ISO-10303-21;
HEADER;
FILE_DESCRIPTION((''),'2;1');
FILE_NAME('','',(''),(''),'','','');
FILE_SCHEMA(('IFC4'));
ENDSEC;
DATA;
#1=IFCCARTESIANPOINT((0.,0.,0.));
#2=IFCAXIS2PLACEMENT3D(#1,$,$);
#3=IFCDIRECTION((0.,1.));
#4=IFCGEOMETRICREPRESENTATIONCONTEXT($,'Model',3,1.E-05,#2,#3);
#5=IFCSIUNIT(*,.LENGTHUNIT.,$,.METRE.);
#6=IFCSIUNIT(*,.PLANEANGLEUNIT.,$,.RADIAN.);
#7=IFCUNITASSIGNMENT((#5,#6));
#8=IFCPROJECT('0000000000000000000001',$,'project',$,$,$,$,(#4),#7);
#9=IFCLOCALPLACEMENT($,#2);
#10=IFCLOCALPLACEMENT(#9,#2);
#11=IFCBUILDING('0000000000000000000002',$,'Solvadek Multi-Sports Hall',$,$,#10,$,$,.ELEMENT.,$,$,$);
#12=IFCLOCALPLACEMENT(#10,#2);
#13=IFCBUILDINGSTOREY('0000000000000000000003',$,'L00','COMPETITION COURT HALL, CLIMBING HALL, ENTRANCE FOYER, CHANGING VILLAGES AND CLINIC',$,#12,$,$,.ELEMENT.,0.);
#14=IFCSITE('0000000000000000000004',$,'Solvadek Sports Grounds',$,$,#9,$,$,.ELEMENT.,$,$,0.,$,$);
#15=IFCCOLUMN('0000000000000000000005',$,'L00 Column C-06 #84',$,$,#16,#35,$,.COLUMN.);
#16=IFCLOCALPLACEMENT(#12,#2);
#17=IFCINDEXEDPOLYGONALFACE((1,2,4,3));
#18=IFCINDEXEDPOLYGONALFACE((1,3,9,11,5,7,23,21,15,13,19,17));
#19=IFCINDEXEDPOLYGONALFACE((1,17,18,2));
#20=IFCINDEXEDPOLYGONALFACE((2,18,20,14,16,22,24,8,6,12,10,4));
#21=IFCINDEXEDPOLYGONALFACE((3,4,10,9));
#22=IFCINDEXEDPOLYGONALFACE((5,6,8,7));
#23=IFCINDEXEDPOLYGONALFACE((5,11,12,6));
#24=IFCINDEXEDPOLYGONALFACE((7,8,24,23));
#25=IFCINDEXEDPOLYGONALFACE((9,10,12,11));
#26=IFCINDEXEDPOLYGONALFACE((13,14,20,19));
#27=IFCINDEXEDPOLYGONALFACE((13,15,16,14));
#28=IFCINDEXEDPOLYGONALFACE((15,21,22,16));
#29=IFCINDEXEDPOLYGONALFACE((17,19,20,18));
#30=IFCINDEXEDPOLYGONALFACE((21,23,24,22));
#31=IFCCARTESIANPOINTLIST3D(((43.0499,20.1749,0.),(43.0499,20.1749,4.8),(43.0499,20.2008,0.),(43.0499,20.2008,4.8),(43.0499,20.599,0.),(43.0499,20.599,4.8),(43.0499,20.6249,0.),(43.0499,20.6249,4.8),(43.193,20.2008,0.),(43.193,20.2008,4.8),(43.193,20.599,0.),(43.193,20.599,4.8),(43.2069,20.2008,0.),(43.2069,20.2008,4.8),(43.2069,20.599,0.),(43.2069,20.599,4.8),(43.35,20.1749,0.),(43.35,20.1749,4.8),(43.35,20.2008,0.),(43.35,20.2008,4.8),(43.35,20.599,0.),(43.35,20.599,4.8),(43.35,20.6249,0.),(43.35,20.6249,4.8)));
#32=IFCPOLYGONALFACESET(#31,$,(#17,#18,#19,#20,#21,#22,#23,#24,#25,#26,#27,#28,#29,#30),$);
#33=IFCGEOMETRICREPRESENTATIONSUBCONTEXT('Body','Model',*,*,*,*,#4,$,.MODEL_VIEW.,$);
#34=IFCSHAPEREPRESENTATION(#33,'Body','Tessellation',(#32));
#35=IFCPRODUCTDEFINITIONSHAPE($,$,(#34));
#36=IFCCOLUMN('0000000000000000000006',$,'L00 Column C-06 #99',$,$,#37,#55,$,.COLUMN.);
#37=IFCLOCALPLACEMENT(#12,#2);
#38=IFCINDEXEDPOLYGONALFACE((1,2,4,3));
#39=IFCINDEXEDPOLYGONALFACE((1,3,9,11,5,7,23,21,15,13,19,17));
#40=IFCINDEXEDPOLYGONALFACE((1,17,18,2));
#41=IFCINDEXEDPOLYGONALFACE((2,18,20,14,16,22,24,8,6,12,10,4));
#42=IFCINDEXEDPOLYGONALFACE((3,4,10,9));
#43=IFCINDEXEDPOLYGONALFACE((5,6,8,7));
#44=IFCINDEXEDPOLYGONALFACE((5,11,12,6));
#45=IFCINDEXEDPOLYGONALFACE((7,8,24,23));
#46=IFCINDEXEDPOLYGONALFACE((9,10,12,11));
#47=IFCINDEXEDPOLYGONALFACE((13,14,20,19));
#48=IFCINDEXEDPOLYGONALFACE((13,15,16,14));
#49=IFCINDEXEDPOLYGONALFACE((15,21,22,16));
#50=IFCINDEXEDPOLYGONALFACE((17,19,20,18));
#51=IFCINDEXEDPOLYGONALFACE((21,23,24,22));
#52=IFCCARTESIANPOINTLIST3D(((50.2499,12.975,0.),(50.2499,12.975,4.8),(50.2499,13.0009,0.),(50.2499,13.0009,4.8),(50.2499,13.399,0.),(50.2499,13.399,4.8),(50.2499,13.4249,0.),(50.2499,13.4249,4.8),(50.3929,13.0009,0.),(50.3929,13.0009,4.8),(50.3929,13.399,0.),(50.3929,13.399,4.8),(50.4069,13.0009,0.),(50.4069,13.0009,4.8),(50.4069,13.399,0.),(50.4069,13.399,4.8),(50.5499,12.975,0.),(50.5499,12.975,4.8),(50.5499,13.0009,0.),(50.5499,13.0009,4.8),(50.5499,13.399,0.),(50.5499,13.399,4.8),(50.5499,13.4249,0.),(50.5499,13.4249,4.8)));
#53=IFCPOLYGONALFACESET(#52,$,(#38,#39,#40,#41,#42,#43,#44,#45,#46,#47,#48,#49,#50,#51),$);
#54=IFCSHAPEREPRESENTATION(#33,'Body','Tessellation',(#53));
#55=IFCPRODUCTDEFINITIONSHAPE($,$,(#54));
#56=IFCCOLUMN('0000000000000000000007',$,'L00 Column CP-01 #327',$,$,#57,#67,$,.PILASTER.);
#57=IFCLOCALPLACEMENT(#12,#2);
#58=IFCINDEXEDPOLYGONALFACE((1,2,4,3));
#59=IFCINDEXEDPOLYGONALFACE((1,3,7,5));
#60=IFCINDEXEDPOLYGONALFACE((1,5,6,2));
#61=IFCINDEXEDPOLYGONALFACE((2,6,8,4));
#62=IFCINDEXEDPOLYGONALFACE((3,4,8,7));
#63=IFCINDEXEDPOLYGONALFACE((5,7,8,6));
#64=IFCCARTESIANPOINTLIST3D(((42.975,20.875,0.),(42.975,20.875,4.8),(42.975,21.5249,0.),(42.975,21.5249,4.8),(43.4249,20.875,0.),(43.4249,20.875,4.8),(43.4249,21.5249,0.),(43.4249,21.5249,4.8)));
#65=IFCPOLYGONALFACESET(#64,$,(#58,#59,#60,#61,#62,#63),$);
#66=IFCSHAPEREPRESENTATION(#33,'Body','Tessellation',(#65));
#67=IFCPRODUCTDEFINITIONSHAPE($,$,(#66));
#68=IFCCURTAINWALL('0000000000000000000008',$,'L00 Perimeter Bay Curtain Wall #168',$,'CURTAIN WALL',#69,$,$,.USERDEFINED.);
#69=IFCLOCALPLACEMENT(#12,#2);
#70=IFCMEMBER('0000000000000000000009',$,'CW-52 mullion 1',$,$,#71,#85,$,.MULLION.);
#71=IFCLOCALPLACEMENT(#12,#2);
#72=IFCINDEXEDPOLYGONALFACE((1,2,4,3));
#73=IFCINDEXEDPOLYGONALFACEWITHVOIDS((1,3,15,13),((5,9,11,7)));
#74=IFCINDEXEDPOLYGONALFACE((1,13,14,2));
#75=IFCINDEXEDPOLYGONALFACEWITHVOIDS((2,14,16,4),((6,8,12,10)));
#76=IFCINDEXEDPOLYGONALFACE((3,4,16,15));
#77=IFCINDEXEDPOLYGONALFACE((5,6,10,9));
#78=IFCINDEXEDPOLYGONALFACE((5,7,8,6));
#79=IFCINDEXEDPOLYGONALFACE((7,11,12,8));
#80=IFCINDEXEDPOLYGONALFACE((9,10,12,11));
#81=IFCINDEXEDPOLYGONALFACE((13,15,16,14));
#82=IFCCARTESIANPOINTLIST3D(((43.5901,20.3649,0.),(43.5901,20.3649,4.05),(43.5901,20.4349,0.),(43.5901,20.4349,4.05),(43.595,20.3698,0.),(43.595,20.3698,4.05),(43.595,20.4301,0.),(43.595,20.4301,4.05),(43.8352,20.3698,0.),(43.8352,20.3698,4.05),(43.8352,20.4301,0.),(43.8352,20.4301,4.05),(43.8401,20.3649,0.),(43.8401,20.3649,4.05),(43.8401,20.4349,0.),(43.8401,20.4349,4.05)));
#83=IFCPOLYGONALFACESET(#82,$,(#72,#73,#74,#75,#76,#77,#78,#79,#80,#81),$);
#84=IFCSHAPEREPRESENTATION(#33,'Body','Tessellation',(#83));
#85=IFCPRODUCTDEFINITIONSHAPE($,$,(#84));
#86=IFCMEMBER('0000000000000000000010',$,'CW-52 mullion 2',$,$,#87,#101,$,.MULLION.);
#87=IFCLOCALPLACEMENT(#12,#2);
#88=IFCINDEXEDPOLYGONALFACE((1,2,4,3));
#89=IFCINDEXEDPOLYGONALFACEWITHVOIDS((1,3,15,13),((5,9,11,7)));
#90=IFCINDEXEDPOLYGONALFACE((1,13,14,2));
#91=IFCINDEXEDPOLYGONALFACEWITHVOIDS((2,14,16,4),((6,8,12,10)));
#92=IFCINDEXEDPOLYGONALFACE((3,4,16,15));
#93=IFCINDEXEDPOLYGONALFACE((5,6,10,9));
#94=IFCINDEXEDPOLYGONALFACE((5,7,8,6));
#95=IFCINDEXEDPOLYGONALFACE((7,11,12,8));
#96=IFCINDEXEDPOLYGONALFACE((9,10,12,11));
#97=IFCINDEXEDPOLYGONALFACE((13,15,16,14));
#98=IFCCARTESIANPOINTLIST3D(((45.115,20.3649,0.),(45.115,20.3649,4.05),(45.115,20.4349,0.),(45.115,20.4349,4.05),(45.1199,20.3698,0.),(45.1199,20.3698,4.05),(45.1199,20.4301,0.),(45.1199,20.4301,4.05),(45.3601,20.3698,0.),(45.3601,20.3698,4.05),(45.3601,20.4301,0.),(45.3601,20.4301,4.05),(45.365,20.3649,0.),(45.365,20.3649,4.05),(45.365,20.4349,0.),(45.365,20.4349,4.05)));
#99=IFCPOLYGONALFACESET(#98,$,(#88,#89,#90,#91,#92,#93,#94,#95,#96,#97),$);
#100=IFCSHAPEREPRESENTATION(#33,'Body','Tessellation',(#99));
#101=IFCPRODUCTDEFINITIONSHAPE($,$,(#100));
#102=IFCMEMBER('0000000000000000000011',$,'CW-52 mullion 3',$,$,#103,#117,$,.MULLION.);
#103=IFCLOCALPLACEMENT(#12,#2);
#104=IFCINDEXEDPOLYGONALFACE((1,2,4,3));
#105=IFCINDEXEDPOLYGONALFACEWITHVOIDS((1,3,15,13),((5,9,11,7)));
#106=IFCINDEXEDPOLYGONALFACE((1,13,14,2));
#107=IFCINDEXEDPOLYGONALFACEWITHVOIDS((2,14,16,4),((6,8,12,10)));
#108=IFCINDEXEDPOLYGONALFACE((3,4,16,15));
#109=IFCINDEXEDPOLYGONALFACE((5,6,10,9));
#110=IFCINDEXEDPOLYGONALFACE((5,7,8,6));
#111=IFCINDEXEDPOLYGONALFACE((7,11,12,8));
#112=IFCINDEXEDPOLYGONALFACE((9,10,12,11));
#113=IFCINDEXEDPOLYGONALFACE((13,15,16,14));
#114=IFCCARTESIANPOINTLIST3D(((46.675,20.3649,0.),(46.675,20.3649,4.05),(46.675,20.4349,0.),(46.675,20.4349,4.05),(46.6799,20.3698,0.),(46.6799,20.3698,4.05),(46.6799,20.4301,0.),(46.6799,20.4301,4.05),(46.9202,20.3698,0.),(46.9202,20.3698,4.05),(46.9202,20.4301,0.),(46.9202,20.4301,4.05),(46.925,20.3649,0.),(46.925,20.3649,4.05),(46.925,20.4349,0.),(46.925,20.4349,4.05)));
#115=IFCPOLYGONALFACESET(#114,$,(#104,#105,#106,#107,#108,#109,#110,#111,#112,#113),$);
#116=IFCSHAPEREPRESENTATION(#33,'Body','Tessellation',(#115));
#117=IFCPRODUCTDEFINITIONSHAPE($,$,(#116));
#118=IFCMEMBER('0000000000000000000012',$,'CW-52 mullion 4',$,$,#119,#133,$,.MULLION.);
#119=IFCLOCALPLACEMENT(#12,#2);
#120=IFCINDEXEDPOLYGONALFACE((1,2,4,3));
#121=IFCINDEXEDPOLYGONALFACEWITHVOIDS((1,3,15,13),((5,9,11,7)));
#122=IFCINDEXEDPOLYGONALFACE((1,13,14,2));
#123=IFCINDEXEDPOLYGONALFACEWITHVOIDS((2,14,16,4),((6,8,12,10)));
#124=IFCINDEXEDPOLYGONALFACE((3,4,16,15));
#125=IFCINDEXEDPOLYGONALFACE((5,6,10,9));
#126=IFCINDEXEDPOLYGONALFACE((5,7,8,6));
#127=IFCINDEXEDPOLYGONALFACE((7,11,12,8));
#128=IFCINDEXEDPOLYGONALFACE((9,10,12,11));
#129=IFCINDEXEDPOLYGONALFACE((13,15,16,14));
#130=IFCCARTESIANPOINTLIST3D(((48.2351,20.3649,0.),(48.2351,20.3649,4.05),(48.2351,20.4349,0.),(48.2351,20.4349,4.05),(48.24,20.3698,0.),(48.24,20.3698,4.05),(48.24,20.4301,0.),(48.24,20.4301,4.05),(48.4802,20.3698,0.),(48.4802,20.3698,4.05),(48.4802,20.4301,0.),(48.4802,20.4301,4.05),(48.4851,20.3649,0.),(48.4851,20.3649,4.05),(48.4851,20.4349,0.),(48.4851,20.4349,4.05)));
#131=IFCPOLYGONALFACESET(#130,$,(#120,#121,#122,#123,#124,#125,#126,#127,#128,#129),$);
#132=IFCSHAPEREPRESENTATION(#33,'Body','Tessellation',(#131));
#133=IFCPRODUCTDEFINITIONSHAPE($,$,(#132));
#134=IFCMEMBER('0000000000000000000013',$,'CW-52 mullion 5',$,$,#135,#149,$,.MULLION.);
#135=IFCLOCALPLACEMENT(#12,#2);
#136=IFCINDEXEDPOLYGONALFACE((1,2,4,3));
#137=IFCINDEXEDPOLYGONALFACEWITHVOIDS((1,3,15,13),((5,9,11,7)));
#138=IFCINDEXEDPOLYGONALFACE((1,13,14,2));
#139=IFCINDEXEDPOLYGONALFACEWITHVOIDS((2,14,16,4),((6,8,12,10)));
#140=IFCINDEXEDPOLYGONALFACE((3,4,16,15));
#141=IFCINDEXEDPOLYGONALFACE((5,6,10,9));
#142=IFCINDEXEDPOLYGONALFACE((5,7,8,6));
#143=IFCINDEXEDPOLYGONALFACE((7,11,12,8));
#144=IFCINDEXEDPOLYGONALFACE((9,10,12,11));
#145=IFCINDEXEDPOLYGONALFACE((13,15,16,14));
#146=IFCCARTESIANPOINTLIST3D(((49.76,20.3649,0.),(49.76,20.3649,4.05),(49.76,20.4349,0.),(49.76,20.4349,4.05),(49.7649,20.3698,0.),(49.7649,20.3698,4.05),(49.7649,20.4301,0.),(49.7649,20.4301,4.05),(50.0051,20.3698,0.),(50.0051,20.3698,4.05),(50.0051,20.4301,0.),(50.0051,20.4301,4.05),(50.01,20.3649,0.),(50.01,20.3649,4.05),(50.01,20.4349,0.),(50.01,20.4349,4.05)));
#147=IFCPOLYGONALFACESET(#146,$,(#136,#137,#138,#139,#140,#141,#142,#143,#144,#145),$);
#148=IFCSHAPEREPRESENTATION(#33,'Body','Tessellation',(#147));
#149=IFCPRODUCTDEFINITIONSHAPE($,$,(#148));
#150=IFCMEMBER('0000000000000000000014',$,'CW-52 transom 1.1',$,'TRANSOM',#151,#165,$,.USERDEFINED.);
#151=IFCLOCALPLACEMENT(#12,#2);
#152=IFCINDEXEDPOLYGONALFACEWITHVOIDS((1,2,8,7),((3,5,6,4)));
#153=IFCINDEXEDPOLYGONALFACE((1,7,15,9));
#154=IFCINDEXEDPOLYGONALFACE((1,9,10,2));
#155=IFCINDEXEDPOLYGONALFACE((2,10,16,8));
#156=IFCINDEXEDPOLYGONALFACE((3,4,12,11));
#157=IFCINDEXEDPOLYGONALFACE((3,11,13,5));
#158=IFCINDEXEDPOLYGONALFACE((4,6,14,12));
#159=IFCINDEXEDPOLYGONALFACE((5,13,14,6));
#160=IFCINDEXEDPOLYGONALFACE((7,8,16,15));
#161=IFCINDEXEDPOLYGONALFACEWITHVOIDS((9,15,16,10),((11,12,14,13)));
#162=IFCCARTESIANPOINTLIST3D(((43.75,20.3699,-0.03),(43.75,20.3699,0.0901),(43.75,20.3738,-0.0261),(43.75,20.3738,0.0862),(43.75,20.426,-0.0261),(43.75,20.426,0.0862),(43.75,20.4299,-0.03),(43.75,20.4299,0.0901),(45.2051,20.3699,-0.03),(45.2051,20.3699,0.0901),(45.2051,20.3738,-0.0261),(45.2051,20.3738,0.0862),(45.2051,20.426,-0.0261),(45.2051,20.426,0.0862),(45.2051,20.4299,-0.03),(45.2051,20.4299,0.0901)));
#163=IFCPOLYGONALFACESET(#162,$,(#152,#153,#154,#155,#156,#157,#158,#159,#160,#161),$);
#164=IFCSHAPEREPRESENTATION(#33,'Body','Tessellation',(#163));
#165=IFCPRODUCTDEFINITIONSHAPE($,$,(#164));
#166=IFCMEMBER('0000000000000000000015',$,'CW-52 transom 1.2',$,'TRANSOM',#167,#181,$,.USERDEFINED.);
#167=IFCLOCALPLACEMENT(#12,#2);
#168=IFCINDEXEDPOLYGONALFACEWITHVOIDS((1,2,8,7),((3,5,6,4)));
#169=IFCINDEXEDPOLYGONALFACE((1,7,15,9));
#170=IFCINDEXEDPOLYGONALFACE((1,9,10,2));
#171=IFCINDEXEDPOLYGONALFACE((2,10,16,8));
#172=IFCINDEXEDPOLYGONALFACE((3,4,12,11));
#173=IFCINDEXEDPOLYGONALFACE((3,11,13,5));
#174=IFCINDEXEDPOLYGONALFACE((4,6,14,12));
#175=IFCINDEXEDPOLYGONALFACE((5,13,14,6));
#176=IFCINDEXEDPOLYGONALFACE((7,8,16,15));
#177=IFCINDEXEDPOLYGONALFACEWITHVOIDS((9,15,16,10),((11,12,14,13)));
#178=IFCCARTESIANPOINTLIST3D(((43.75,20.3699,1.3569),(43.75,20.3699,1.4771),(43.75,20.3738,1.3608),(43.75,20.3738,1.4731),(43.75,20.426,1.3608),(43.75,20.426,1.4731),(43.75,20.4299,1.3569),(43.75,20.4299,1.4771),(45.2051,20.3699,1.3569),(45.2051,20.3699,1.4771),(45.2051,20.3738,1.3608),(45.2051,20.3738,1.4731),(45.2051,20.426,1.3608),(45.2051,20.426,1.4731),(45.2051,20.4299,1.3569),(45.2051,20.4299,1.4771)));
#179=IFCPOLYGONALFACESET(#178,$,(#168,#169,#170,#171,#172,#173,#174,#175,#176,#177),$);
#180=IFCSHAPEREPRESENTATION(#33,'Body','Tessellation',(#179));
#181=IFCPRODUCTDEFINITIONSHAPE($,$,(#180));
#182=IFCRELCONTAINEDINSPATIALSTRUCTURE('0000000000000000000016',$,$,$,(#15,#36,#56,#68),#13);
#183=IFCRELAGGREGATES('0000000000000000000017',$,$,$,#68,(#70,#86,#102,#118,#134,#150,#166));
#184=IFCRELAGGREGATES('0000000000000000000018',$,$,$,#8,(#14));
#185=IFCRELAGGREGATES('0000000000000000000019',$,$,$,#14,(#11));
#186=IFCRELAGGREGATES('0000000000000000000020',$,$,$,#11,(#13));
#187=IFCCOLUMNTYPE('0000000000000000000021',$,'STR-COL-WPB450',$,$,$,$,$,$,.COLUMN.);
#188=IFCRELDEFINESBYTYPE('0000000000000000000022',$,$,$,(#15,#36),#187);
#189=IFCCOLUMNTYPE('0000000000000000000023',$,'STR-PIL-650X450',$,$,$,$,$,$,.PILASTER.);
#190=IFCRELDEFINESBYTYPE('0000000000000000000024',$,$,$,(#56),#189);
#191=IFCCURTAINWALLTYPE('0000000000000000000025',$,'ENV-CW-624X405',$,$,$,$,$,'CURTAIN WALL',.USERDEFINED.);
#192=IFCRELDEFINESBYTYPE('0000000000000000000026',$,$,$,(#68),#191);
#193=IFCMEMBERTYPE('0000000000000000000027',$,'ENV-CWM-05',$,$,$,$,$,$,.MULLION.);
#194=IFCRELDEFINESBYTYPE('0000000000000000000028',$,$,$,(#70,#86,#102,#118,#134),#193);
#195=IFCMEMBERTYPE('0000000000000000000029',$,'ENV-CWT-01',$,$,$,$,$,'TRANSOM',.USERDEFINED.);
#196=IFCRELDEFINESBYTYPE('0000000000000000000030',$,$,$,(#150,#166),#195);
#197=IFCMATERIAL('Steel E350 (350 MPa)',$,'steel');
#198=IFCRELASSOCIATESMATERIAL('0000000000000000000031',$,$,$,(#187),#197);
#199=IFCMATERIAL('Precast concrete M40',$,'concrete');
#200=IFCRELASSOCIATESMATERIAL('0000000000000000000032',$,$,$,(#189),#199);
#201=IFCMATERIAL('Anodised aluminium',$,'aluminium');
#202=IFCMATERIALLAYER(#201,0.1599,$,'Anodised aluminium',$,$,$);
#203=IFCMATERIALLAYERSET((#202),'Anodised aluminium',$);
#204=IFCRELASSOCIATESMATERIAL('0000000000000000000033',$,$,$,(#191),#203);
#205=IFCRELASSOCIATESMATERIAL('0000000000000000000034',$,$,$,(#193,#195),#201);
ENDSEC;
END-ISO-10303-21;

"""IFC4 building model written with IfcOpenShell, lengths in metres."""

from ifc_helpers import new_model, si_unit, direction, frame, origin, origin_2d, place, context, subcontext, project, spatial, rectangle, hollow_rectangle, i_section, extrude, material, layer, layer_set, material_profile, profile_set, type_object, element, aggregate, save


model = new_model("IFC4")

# Units and contexts
model_context = context("Model", 3, precision=1e-05, world=origin(), true_north=direction((0.0, 1.0)))
body_context = subcontext(model_context, "Body", "Model", "MODEL_VIEW")
ifc_project = project(units=[si_unit("LENGTHUNIT", "METRE"), si_unit("PLANEANGLEUNIT", "RADIAN")], contexts=[model_context])

# Site, building, storey
site_placement = place(None, origin())
site = spatial("IfcSite", under=ifc_project, at=site_placement, Name="Solvadek Sports Grounds", CompositionType="ELEMENT", RefElevation=0.0)
building_placement = place(site_placement, origin())
building = spatial("IfcBuilding", under=site, at=building_placement, Name="Solvadek Multi-Sports Hall", CompositionType="ELEMENT")
storey_placement = place(building_placement, origin())
storey = spatial("IfcBuildingStorey", under=building, at=storey_placement, Name="L00", Description="COMPETITION COURT HALL, CLIMBING HALL, ENTRANCE FOYER, CHANGING VILLAGES AND CLINIC", CompositionType="ELEMENT", Elevation=0.0)

# Columns
ifc_material_1 = material(Name="Steel E350 (350 MPa)", Category="steel")
ifc_material_profile_1 = material_profile(ifc_material_1, i_section(OverallWidth=0.3, OverallDepth=0.45, WebThickness=0.0139, FlangeThickness=0.0259, at=origin_2d()), Name="WPB 450")
ifc_profile_set_1 = profile_set([ifc_material_profile_1], Name="Steel E350 (350 MPa)")
column_type_1 = type_object("IfcColumnType", Name="STR-COL-WPB450", PredefinedType="COLUMN", material=ifc_profile_set_1)
for number, where, z_axis, x_axis, name in (
    (1, (43.2, 20.3999, 0.0), (0.0, 0.0, 1.0), (1.0, 0.0, 0.0), "L00 Column C-06 #84"),
    (2, (50.3999, 13.2, 0.0), (0.0, 0.0, 1.0), (1.0, 0.0, 0.0), "L00 Column C-06 #99"),
):
    element("IfcColumn", number, at=place(storey_placement, frame(where, z_axis=z_axis, x_axis=x_axis)), inside=storey, type_object=column_type_1, Name=name, PredefinedType="COLUMN", context=body_context, shape_type="SweptSolid", body=[
        extrude(i_section(OverallWidth=0.3, OverallDepth=0.45, WebThickness=0.0139, FlangeThickness=0.0259, at=origin_2d()), origin(), (0.0, 0.0, 1.0), 4.8),
    ])
ifc_material_2 = material(Name="Precast concrete M40", Category="concrete")
ifc_material_profile_2 = material_profile(ifc_material_2, rectangle(XDim=0.45, YDim=0.6499, at=origin_2d()), Name="RC PILASTER 650x450")
ifc_profile_set_2 = profile_set([ifc_material_profile_2], Name="Precast concrete M40")
column_type_2 = type_object("IfcColumnType", Name="STR-PIL-650X450", PredefinedType="PILASTER", material=ifc_profile_set_2)
column_placement = place(storey_placement, frame((43.2, 21.2, 0.0), z_axis=(0.0, 0.0, 1.0), x_axis=(1.0, 0.0, 0.0)))
element("IfcColumn", 3, at=column_placement, inside=storey, type_object=column_type_2, Name="L00 Column CP-01 #327", PredefinedType="PILASTER", context=body_context, shape_type="SweptSolid", body=[
    extrude(rectangle(XDim=0.45, YDim=0.6499, at=origin_2d()), origin(), (0.0, 0.0, 1.0), 4.8),
])

# Curtain wall, members
ifc_material_3 = material(Name="Anodised aluminium", Category="aluminium")
ifc_layer_1 = layer(ifc_material_3, 0.1599, Name="Anodised aluminium")
ifc_layer_set_1 = layer_set([ifc_layer_1], Name="Anodised aluminium")
curtain_wall_type = type_object("IfcCurtainWallType", Name="ENV-CW-624X405", ElementType="CURTAIN WALL", PredefinedType="USERDEFINED", material=ifc_layer_set_1)
curtain_wall_placement = place(storey_placement, origin())
curtain_wall = element("IfcCurtainWall", 4, at=curtain_wall_placement, inside=storey, type_object=curtain_wall_type, Name="L00 Perimeter Bay Curtain Wall #168", ObjectType="CURTAIN WALL", PredefinedType="USERDEFINED")
ifc_material_profile_3 = material_profile(ifc_material_3, hollow_rectangle(XDim=0.0701, YDim=0.25, WallThickness=0.0049, at=origin_2d()), Name="ALU-M 250x70x5")
ifc_profile_set_3 = profile_set([ifc_material_profile_3], Name="Anodised aluminium")
member_type_1 = type_object("IfcMemberType", Name="ENV-CWM-05", PredefinedType="MULLION", material=ifc_profile_set_3)
member_1_placement = place(storey_placement, frame((43.7151, 20.3999, 0.0), z_axis=(0.0, 0.0, 1.0), x_axis=(0.0, 1.0, 0.0)))
member_1 = element("IfcMember", 5, at=member_1_placement, type_object=member_type_1, Name="CW-52 mullion 1", PredefinedType="MULLION", context=body_context, shape_type="SweptSolid", body=[
    extrude(hollow_rectangle(XDim=0.0701, YDim=0.25, WallThickness=0.0049, at=origin_2d()), origin(), (0.0, 0.0, 1.0), 4.05),
])
member_2_placement = place(storey_placement, frame((45.24, 20.3999, 0.0), z_axis=(0.0, 0.0, 1.0), x_axis=(0.0, 1.0, 0.0)))
member_2 = element("IfcMember", 6, at=member_2_placement, type_object=member_type_1, Name="CW-52 mullion 2", PredefinedType="MULLION", context=body_context, shape_type="SweptSolid", body=[
    extrude(hollow_rectangle(XDim=0.0701, YDim=0.25, WallThickness=0.0049, at=origin_2d()), origin(), (0.0, 0.0, 1.0), 4.05),
])
member_3_placement = place(storey_placement, frame((46.8, 20.3999, 0.0), z_axis=(0.0, 0.0, 1.0), x_axis=(0.0, 1.0, 0.0)))
member_3 = element("IfcMember", 7, at=member_3_placement, type_object=member_type_1, Name="CW-52 mullion 3", PredefinedType="MULLION", context=body_context, shape_type="SweptSolid", body=[
    extrude(hollow_rectangle(XDim=0.0701, YDim=0.25, WallThickness=0.0049, at=origin_2d()), origin(), (0.0, 0.0, 1.0), 4.05),
])
member_4_placement = place(storey_placement, frame((48.3601, 20.3999, 0.0), z_axis=(0.0, 0.0, 1.0), x_axis=(0.0, 1.0, 0.0)))
member_4 = element("IfcMember", 8, at=member_4_placement, type_object=member_type_1, Name="CW-52 mullion 4", PredefinedType="MULLION", context=body_context, shape_type="SweptSolid", body=[
    extrude(hollow_rectangle(XDim=0.0701, YDim=0.25, WallThickness=0.0049, at=origin_2d()), origin(), (0.0, 0.0, 1.0), 4.05),
])
member_5_placement = place(storey_placement, frame((49.885, 20.3999, 0.0), z_axis=(0.0, 0.0, 1.0), x_axis=(0.0, 1.0, 0.0)))
member_5 = element("IfcMember", 9, at=member_5_placement, type_object=member_type_1, Name="CW-52 mullion 5", PredefinedType="MULLION", context=body_context, shape_type="SweptSolid", body=[
    extrude(hollow_rectangle(XDim=0.0701, YDim=0.25, WallThickness=0.0049, at=origin_2d()), origin(), (0.0, 0.0, 1.0), 4.05),
])
ifc_material_profile_4 = material_profile(ifc_material_3, hollow_rectangle(XDim=0.0601, YDim=0.1201, WallThickness=0.0039, at=origin_2d()), Name="ALU-T 120x60x4")
ifc_profile_set_4 = profile_set([ifc_material_profile_4], Name="Anodised aluminium")
member_type_2 = type_object("IfcMemberType", Name="ENV-CWT-01", ElementType="TRANSOM", PredefinedType="USERDEFINED", material=ifc_profile_set_4)
member_6_placement = place(storey_placement, frame((43.75, 20.3999, 0.03), z_axis=(1.0, 0.0, 0.0), x_axis=(0.0, 1.0, 0.0)))
member_6 = element("IfcMember", 10, at=member_6_placement, type_object=member_type_2, Name="CW-52 transom 1.1", ObjectType="TRANSOM", PredefinedType="USERDEFINED", context=body_context, shape_type="SweptSolid", body=[
    extrude(hollow_rectangle(XDim=0.0601, YDim=0.1201, WallThickness=0.0039, at=origin_2d()), origin(), (0.0, 0.0, 1.0), 1.4551),
])
member_7_placement = place(storey_placement, frame((43.75, 20.3999, 1.417), z_axis=(1.0, 0.0, 0.0), x_axis=(0.0, 1.0, 0.0)))
member_7 = element("IfcMember", 11, at=member_7_placement, type_object=member_type_2, Name="CW-52 transom 1.2", ObjectType="TRANSOM", PredefinedType="USERDEFINED", context=body_context, shape_type="SweptSolid", body=[
    extrude(hollow_rectangle(XDim=0.0601, YDim=0.1201, WallThickness=0.0039, at=origin_2d()), origin(), (0.0, 0.0, 1.0), 1.4551),
])

aggregate(curtain_wall, [member_1, member_2, member_3, member_4, member_5, member_6, member_7])

save(model, "model.ifc")
